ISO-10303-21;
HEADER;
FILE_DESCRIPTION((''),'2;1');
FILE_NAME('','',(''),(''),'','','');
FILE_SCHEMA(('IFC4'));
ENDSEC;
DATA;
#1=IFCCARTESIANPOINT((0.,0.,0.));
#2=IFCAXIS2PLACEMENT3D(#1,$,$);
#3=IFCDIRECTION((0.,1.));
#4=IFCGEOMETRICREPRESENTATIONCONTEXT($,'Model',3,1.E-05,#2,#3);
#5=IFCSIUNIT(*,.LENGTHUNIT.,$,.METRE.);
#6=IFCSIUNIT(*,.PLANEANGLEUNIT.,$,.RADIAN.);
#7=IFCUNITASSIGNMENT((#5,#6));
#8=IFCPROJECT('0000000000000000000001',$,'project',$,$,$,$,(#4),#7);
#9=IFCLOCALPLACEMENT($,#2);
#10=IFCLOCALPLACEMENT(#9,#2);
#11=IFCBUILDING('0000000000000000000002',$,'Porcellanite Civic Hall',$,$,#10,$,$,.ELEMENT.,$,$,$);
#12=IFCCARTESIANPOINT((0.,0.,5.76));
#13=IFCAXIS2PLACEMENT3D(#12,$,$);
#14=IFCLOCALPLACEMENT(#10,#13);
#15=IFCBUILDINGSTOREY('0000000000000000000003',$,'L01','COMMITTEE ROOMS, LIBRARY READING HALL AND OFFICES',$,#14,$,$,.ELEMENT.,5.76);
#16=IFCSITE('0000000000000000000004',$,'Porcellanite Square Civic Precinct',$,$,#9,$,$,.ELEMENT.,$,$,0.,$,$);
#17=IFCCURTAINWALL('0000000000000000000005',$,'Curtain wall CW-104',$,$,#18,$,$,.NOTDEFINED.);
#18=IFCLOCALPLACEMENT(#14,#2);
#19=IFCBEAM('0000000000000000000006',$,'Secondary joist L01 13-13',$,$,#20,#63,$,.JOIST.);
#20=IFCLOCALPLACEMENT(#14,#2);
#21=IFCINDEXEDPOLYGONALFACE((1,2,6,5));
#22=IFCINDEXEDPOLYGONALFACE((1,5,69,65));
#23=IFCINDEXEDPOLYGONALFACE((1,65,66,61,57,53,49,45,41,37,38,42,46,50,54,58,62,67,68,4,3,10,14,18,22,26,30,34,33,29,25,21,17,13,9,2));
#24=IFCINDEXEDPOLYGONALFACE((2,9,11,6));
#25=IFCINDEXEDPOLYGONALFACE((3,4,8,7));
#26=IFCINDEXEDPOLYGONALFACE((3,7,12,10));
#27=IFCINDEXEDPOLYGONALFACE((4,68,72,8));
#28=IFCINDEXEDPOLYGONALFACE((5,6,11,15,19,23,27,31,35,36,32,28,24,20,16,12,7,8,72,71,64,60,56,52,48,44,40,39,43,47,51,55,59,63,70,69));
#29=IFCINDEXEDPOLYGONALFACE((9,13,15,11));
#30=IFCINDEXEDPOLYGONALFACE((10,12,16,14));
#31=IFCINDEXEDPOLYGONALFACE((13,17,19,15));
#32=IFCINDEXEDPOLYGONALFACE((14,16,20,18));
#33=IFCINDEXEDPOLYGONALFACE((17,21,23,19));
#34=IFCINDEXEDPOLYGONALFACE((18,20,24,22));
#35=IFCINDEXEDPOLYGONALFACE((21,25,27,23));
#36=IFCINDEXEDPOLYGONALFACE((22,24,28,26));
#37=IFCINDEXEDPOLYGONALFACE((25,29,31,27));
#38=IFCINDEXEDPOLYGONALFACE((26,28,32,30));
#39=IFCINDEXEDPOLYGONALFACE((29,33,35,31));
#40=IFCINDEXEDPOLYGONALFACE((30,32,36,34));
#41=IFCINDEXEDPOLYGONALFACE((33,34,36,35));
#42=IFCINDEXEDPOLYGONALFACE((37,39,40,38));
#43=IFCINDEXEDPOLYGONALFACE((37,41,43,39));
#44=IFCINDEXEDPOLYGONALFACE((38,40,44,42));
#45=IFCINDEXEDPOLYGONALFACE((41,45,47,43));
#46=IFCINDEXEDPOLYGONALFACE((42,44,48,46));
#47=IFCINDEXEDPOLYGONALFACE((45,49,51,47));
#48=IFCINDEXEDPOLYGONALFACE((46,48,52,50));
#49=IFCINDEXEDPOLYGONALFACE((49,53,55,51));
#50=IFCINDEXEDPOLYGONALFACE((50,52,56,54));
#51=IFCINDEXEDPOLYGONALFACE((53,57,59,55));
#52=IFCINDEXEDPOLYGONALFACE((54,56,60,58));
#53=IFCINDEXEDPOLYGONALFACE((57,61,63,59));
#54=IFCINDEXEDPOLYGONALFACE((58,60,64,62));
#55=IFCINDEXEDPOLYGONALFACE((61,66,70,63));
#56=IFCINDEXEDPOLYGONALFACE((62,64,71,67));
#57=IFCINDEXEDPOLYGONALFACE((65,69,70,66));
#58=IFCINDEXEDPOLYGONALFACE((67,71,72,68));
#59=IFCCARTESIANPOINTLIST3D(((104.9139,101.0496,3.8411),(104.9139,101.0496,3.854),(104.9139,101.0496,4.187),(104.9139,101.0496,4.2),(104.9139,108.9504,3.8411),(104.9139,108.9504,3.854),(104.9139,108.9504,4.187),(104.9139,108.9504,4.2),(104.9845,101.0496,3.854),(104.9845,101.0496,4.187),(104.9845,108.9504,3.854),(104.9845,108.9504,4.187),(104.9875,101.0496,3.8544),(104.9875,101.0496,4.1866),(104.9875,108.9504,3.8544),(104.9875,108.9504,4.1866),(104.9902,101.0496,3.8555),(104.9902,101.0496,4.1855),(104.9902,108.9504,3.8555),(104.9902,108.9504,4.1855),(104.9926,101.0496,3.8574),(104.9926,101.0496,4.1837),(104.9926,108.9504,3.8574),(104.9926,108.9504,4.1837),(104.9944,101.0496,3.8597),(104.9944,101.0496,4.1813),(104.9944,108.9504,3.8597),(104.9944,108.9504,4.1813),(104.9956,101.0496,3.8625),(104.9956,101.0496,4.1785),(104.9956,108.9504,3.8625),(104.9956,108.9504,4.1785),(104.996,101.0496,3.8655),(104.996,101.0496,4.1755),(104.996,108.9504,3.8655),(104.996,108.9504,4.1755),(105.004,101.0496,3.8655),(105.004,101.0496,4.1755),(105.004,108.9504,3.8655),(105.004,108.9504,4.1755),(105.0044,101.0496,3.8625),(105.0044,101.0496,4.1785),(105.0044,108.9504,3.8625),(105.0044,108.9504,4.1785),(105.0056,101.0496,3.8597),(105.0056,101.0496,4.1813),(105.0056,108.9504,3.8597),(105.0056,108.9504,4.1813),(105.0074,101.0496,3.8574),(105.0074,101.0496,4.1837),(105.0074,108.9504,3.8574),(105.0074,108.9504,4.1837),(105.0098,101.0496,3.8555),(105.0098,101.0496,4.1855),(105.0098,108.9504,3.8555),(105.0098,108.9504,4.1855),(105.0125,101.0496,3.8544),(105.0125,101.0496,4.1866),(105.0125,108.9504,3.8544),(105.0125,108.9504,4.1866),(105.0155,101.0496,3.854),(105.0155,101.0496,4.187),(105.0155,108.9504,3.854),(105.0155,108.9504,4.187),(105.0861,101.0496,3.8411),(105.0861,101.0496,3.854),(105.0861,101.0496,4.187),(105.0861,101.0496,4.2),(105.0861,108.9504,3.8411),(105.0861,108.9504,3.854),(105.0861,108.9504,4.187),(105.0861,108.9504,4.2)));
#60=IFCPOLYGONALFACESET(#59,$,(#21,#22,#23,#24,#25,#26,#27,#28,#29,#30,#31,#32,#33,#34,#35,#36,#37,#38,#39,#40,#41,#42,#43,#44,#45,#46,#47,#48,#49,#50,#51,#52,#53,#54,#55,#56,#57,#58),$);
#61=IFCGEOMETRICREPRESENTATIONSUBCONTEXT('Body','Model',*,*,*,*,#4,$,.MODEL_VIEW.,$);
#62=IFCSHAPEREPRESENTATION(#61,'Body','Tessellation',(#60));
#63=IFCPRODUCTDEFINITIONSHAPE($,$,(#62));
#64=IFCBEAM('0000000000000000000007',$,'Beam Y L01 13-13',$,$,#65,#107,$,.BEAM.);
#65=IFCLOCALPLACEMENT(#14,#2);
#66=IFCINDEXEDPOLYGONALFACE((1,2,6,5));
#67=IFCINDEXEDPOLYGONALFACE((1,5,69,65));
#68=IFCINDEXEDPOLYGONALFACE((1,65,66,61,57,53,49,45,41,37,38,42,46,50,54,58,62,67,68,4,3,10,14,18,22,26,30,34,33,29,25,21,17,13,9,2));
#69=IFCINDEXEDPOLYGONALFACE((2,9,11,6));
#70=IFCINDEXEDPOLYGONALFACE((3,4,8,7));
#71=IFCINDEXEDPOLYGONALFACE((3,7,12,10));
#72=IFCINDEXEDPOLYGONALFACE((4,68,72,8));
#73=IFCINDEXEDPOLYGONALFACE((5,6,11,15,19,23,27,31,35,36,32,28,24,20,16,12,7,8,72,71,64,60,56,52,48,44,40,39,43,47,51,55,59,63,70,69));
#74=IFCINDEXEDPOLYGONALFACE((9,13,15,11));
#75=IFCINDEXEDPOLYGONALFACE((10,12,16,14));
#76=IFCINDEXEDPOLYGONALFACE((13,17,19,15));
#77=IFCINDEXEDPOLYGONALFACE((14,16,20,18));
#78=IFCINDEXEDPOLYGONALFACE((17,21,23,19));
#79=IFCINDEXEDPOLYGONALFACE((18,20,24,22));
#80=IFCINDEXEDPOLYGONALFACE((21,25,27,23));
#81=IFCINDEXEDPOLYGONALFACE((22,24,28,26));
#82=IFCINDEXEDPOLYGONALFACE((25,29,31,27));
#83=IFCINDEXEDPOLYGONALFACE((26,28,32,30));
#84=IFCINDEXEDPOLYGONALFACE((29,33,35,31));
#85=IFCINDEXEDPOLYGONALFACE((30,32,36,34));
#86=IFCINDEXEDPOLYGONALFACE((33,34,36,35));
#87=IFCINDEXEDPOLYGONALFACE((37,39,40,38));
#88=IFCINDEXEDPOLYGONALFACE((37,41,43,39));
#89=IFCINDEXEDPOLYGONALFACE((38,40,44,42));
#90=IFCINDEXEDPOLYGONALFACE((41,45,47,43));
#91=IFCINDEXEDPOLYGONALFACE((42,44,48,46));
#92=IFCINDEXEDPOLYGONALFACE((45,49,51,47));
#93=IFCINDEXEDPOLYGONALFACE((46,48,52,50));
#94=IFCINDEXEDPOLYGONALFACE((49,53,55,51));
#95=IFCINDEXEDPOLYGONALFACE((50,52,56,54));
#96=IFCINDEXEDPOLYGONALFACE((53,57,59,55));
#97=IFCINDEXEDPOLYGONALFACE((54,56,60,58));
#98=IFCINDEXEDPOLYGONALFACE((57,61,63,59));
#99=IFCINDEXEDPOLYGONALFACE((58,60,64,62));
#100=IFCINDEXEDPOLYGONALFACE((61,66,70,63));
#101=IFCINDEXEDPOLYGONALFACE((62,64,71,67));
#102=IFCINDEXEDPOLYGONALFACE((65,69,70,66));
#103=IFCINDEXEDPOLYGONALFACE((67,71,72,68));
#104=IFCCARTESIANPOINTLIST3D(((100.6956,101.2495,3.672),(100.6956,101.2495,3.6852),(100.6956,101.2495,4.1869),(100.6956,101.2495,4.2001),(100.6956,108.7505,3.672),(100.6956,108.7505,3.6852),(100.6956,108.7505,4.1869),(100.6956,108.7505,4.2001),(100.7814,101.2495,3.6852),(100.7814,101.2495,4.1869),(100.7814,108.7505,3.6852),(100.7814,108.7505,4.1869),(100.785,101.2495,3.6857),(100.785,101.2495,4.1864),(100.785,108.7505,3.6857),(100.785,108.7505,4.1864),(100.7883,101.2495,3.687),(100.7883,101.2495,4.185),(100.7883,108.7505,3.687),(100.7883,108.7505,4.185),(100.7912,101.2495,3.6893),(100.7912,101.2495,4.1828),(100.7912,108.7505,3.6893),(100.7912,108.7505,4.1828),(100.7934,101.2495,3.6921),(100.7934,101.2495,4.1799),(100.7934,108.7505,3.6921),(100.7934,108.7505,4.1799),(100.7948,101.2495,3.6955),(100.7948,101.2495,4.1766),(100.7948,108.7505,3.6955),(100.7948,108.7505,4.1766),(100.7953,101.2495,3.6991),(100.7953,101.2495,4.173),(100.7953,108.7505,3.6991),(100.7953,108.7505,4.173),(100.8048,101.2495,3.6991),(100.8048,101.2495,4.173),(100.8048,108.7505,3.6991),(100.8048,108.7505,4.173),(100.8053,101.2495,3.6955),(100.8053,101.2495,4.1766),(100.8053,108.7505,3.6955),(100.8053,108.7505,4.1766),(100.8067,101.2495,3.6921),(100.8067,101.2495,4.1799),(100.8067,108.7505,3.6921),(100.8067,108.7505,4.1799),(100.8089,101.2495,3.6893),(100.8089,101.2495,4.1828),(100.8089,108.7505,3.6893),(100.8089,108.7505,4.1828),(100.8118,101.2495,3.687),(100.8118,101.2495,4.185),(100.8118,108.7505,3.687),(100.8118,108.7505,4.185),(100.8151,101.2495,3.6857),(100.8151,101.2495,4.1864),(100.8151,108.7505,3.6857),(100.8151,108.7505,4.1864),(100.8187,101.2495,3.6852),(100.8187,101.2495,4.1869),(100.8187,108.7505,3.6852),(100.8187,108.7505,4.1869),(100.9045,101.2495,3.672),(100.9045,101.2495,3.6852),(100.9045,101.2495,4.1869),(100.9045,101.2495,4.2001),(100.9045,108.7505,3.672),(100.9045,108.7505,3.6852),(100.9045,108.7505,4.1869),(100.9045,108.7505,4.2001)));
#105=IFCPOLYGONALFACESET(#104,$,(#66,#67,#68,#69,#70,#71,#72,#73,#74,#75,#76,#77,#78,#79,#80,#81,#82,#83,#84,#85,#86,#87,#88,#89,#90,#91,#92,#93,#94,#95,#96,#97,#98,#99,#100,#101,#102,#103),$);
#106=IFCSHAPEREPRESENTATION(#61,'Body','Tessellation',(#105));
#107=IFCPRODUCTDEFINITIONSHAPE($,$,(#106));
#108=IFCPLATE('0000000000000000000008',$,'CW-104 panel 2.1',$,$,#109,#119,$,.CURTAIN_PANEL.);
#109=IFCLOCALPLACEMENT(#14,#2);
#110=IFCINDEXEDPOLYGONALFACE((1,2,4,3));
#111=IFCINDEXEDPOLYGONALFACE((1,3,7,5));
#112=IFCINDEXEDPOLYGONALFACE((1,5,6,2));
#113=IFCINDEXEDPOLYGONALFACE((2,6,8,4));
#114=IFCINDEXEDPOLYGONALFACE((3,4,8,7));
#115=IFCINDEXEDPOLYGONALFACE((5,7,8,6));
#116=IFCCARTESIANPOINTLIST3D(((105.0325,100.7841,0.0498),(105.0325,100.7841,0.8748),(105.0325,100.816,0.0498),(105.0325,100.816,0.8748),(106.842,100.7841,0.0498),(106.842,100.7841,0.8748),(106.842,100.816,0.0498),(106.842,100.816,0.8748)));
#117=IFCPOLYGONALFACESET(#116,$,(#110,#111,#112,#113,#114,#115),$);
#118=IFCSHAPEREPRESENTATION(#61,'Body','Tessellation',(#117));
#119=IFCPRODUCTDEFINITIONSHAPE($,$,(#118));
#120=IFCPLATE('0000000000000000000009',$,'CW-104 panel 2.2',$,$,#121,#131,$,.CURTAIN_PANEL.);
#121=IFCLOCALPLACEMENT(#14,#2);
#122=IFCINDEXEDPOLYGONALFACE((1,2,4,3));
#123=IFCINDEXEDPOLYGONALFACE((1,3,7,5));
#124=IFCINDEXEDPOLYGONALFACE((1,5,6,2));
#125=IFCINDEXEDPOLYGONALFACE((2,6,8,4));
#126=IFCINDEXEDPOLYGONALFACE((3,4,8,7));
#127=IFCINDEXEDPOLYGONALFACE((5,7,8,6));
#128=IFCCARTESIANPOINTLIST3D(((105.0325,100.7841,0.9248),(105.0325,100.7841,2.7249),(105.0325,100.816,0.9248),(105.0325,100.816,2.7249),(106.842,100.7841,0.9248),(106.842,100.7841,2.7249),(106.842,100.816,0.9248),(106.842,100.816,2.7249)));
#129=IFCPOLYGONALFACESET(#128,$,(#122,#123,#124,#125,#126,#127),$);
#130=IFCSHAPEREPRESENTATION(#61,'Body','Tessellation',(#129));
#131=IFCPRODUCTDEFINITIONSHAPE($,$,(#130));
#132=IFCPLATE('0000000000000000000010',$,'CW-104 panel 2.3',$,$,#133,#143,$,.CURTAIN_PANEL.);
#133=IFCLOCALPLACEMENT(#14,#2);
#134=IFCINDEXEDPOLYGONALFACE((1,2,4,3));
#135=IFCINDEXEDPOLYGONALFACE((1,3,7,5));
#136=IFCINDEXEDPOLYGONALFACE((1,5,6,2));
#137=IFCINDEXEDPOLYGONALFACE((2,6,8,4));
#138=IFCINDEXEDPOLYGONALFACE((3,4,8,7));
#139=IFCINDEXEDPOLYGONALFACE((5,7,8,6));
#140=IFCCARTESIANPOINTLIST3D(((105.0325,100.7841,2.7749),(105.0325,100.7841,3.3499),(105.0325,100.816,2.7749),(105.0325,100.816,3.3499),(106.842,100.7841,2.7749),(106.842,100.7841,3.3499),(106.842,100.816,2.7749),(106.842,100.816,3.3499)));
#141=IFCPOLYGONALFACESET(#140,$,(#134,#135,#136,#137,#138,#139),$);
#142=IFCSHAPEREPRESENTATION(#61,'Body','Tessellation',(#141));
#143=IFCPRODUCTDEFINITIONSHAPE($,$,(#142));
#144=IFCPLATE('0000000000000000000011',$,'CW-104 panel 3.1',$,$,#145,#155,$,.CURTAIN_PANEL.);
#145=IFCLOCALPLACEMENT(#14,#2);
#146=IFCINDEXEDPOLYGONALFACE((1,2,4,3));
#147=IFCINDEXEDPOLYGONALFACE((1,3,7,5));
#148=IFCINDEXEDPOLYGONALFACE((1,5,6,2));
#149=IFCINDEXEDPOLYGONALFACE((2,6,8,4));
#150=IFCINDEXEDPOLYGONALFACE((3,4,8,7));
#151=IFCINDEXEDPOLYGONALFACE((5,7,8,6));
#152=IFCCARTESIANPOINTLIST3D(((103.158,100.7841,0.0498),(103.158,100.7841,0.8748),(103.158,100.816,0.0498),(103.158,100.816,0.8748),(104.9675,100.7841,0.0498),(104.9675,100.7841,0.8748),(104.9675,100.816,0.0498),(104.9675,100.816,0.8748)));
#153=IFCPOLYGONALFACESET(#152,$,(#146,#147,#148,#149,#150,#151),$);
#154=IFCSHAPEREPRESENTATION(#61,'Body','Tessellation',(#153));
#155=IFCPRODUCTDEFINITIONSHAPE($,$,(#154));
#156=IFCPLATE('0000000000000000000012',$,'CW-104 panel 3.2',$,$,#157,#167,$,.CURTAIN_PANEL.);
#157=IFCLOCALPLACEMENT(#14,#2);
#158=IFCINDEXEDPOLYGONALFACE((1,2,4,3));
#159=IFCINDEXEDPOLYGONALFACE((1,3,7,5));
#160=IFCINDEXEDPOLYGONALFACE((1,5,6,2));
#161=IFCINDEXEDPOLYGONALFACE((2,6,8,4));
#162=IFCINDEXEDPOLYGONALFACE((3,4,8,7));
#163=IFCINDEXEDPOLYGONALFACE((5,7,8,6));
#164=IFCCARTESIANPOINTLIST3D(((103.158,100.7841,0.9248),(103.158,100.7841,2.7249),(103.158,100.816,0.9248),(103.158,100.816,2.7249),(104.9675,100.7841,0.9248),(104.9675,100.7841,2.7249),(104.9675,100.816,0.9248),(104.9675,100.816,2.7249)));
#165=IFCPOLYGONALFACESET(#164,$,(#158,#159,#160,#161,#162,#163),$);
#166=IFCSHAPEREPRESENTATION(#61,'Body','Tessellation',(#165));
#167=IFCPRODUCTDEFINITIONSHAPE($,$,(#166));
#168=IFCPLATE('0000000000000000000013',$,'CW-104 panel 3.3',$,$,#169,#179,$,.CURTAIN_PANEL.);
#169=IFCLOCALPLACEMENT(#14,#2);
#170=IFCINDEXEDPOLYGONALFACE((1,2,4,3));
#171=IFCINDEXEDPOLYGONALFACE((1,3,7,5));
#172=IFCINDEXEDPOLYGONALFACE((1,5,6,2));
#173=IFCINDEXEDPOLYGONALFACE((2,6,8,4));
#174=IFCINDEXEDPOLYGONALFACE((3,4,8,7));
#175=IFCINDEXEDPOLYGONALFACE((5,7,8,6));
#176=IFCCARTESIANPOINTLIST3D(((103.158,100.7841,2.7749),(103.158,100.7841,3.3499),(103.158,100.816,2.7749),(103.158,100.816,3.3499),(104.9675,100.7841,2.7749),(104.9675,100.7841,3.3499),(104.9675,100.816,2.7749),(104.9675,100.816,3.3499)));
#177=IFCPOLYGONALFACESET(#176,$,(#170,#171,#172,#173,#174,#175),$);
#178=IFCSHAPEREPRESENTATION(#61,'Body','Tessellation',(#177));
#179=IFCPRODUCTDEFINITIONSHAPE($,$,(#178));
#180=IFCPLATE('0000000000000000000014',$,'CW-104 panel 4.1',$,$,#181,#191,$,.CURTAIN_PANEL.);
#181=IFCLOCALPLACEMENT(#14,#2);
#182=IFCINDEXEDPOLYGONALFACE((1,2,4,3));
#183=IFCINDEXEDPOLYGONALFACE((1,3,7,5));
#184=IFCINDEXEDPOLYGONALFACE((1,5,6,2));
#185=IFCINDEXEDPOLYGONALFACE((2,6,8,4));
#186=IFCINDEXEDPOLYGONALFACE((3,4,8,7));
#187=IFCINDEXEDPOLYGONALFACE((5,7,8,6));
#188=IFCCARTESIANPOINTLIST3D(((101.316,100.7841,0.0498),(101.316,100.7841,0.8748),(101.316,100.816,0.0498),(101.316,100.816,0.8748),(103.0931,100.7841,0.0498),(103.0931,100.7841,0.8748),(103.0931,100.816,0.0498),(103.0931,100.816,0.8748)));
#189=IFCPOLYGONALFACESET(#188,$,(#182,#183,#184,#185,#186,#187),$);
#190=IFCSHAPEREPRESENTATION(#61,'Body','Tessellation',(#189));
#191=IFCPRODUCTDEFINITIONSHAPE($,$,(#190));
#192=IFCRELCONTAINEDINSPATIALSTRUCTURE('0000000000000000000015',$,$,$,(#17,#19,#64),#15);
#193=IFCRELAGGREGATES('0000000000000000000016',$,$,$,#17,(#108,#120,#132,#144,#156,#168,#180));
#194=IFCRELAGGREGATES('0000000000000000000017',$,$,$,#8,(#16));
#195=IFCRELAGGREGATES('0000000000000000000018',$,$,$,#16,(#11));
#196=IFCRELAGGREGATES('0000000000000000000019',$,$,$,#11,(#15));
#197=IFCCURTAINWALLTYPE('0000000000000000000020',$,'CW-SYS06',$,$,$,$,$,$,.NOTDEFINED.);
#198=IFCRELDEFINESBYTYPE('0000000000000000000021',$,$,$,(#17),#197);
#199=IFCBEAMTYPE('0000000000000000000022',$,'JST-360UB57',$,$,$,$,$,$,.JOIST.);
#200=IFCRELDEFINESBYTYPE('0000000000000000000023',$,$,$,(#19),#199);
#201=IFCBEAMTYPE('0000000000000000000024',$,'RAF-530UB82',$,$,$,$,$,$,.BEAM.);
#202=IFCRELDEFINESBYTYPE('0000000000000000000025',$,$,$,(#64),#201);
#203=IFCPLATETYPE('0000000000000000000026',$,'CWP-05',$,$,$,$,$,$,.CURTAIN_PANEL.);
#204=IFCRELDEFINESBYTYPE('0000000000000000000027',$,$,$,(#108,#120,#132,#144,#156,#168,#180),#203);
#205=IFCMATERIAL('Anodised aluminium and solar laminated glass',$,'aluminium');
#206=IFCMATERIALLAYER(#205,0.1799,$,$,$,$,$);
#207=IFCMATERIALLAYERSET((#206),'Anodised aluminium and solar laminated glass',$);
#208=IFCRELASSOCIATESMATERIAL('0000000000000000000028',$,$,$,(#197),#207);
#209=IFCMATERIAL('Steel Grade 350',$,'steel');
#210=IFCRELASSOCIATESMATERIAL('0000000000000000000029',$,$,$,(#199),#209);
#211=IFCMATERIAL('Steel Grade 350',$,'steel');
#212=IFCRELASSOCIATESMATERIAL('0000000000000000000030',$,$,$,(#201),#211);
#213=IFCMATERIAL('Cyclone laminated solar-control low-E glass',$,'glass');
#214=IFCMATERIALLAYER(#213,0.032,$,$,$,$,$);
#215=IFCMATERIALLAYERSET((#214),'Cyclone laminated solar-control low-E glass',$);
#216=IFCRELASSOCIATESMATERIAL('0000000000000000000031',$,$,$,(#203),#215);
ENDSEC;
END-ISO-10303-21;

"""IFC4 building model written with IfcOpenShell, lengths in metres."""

from ifc_helpers import new_model, si_unit, direction, frame, origin, origin_2d, place, context, subcontext, project, spatial, rectangle, i_section, extrude, material, layer, layer_set, material_profile, profile_set, type_object, element, aggregate, save


model = new_model("IFC4")

# Units and contexts
model_context = context("Model", 3, precision=1e-05, world=origin(), true_north=direction((0.0, 1.0)))
body_context = subcontext(model_context, "Body", "Model", "MODEL_VIEW")
ifc_project = project(units=[si_unit("LENGTHUNIT", "METRE"), si_unit("PLANEANGLEUNIT", "RADIAN")], contexts=[model_context])

# Site, building, storey
site_placement = place(None, origin())
site = spatial("IfcSite", under=ifc_project, at=site_placement, Name="Porcellanite Square Civic Precinct", CompositionType="ELEMENT", RefElevation=0.0)
building_placement = place(site_placement, origin())
building = spatial("IfcBuilding", under=site, at=building_placement, Name="Porcellanite Civic Hall", CompositionType="ELEMENT")
storey_placement = place(building_placement, frame((0.0, 0.0, 5.76)))
storey = spatial("IfcBuildingStorey", under=building, at=storey_placement, Name="L01", Description="COMMITTEE ROOMS, LIBRARY READING HALL AND OFFICES", CompositionType="ELEMENT", Elevation=5.76)

# Curtain wall
ifc_material_1 = material(Name="Anodised aluminium and solar laminated glass", Category="aluminium")
ifc_layer_1 = layer(ifc_material_1, 0.1799)
ifc_layer_set_1 = layer_set([ifc_layer_1], Name="Anodised aluminium and solar laminated glass")
curtain_wall_type_1 = type_object("IfcCurtainWallType", Name="CW-SYS06", PredefinedType="NOTDEFINED", material=ifc_layer_set_1)
curtain_wall_1_placement = place(storey_placement, origin())
curtain_wall_1 = element("IfcCurtainWall", 1, at=curtain_wall_1_placement, inside=storey, type_object=curtain_wall_type_1, Name="Curtain wall CW-104", PredefinedType="NOTDEFINED")

# Beams
ifc_material_2 = material(Name="Steel Grade 350", Category="steel")
ifc_material_profile_1 = material_profile(ifc_material_2, i_section(OverallWidth=0.1721, OverallDepth=0.3589, WebThickness=0.0081, FlangeThickness=0.0129, FilletRadius=0.0115, at=origin_2d()), Name="360UB56.7")
ifc_profile_set_1 = profile_set([ifc_material_profile_1], Name="Steel Grade 350")
beam_type_1 = type_object("IfcBeamType", Name="JST-360UB57", PredefinedType="JOIST", material=ifc_profile_set_1)
beam_1_placement = place(storey_placement, frame((105.0, 101.0496, 4.0205), z_axis=(0.0, 1.0, 0.0), x_axis=(-1.0, 0.0, 0.0)))
element("IfcBeam", 2, at=beam_1_placement, inside=storey, type_object=beam_type_1, Name="Secondary joist L01 13-13", PredefinedType="JOIST", context=body_context, shape_type="SweptSolid", body=[
    extrude(i_section(OverallWidth=0.1721, OverallDepth=0.3589, WebThickness=0.0081, FlangeThickness=0.0129, FilletRadius=0.0115, at=origin_2d()), origin(), (0.0, 0.0, 1.0), 7.9009),
])
ifc_material_3 = material(Name="Steel Grade 350", Category="steel")
ifc_material_profile_2 = material_profile(ifc_material_3, i_section(OverallWidth=0.209, OverallDepth=0.5281, WebThickness=0.0095, FlangeThickness=0.0132, FilletRadius=0.0139, at=origin_2d()), Name="530UB82.0")
ifc_profile_set_2 = profile_set([ifc_material_profile_2], Name="Steel Grade 350")
beam_type_2 = type_object("IfcBeamType", Name="RAF-530UB82", PredefinedType="BEAM", material=ifc_profile_set_2)
beam_2_placement = place(storey_placement, frame((100.8, 101.2495, 3.936), z_axis=(0.0, 1.0, 0.0), x_axis=(-1.0, 0.0, 0.0)))
element("IfcBeam", 3, at=beam_2_placement, inside=storey, type_object=beam_type_2, Name="Beam Y L01 13-13", PredefinedType="BEAM", context=body_context, shape_type="SweptSolid", body=[
    extrude(i_section(OverallWidth=0.209, OverallDepth=0.5281, WebThickness=0.0095, FlangeThickness=0.0132, FilletRadius=0.0139, at=origin_2d()), origin(), (0.0, 0.0, 1.0), 7.501),
])

# Plates
ifc_material_4 = material(Name="Cyclone laminated solar-control low-E glass", Category="glass")
ifc_layer_2 = layer(ifc_material_4, 0.032)
ifc_layer_set_2 = layer_set([ifc_layer_2], Name="Cyclone laminated solar-control low-E glass")
plate_type = type_object("IfcPlateType", Name="CWP-05", PredefinedType="CURTAIN_PANEL", material=ifc_layer_set_2)
plate_1_placement = place(storey_placement, frame((105.9373, 100.8, 0.0498), z_axis=(0.0, 0.0, 1.0), x_axis=(-1.0, 0.0, 0.0)))
plate_1 = element("IfcPlate", 4, at=plate_1_placement, type_object=plate_type, Name="CW-104 panel 2.1", PredefinedType="CURTAIN_PANEL", context=body_context, shape_type="SweptSolid", body=[
    extrude(rectangle(XDim=1.8096, YDim=0.032, at=origin_2d()), origin(), (0.0, 0.0, 1.0), 0.825),
])
plate_2_placement = place(storey_placement, frame((105.9373, 100.8, 0.9248), z_axis=(0.0, 0.0, 1.0), x_axis=(-1.0, 0.0, 0.0)))
plate_2 = element("IfcPlate", 5, at=plate_2_placement, type_object=plate_type, Name="CW-104 panel 2.2", PredefinedType="CURTAIN_PANEL", context=body_context, shape_type="SweptSolid", body=[
    extrude(rectangle(XDim=1.8096, YDim=0.032, at=origin_2d()), origin(), (0.0, 0.0, 1.0), 1.8),
])
plate_3_placement = place(storey_placement, frame((105.9373, 100.8, 2.7749), z_axis=(0.0, 0.0, 1.0), x_axis=(-1.0, 0.0, 0.0)))
plate_3 = element("IfcPlate", 6, at=plate_3_placement, type_object=plate_type, Name="CW-104 panel 2.3", PredefinedType="CURTAIN_PANEL", context=body_context, shape_type="SweptSolid", body=[
    extrude(rectangle(XDim=1.8096, YDim=0.032, at=origin_2d()), origin(), (0.0, 0.0, 1.0), 0.575),
])
plate_4_placement = place(storey_placement, frame((104.0627, 100.8, 0.0498), z_axis=(0.0, 0.0, 1.0), x_axis=(-1.0, 0.0, 0.0)))
plate_4 = element("IfcPlate", 7, at=plate_4_placement, type_object=plate_type, Name="CW-104 panel 3.1", PredefinedType="CURTAIN_PANEL", context=body_context, shape_type="SweptSolid", body=[
    extrude(rectangle(XDim=1.8096, YDim=0.032, at=origin_2d()), origin(), (0.0, 0.0, 1.0), 0.825),
])
plate_5_placement = place(storey_placement, frame((104.0627, 100.8, 0.9248), z_axis=(0.0, 0.0, 1.0), x_axis=(-1.0, 0.0, 0.0)))
plate_5 = element("IfcPlate", 8, at=plate_5_placement, type_object=plate_type, Name="CW-104 panel 3.2", PredefinedType="CURTAIN_PANEL", context=body_context, shape_type="SweptSolid", body=[
    extrude(rectangle(XDim=1.8096, YDim=0.032, at=origin_2d()), origin(), (0.0, 0.0, 1.0), 1.8),
])
plate_6_placement = place(storey_placement, frame((104.0627, 100.8, 2.7749), z_axis=(0.0, 0.0, 1.0), x_axis=(-1.0, 0.0, 0.0)))
plate_6 = element("IfcPlate", 9, at=plate_6_placement, type_object=plate_type, Name="CW-104 panel 3.3", PredefinedType="CURTAIN_PANEL", context=body_context, shape_type="SweptSolid", body=[
    extrude(rectangle(XDim=1.8096, YDim=0.032, at=origin_2d()), origin(), (0.0, 0.0, 1.0), 0.575),
])
plate_7_placement = place(storey_placement, frame((102.2046, 100.8, 0.0498), z_axis=(0.0, 0.0, 1.0), x_axis=(-1.0, 0.0, 0.0)))
plate_7 = element("IfcPlate", 10, at=plate_7_placement, type_object=plate_type, Name="CW-104 panel 4.1", PredefinedType="CURTAIN_PANEL", context=body_context, shape_type="SweptSolid", body=[
    extrude(rectangle(XDim=1.7771, YDim=0.032, at=origin_2d()), origin(), (0.0, 0.0, 1.0), 0.825),
])
aggregate(curtain_wall_1, [plate_1, plate_2, plate_3, plate_4, plate_5, plate_6, plate_7])

save(model, "model.ifc")
